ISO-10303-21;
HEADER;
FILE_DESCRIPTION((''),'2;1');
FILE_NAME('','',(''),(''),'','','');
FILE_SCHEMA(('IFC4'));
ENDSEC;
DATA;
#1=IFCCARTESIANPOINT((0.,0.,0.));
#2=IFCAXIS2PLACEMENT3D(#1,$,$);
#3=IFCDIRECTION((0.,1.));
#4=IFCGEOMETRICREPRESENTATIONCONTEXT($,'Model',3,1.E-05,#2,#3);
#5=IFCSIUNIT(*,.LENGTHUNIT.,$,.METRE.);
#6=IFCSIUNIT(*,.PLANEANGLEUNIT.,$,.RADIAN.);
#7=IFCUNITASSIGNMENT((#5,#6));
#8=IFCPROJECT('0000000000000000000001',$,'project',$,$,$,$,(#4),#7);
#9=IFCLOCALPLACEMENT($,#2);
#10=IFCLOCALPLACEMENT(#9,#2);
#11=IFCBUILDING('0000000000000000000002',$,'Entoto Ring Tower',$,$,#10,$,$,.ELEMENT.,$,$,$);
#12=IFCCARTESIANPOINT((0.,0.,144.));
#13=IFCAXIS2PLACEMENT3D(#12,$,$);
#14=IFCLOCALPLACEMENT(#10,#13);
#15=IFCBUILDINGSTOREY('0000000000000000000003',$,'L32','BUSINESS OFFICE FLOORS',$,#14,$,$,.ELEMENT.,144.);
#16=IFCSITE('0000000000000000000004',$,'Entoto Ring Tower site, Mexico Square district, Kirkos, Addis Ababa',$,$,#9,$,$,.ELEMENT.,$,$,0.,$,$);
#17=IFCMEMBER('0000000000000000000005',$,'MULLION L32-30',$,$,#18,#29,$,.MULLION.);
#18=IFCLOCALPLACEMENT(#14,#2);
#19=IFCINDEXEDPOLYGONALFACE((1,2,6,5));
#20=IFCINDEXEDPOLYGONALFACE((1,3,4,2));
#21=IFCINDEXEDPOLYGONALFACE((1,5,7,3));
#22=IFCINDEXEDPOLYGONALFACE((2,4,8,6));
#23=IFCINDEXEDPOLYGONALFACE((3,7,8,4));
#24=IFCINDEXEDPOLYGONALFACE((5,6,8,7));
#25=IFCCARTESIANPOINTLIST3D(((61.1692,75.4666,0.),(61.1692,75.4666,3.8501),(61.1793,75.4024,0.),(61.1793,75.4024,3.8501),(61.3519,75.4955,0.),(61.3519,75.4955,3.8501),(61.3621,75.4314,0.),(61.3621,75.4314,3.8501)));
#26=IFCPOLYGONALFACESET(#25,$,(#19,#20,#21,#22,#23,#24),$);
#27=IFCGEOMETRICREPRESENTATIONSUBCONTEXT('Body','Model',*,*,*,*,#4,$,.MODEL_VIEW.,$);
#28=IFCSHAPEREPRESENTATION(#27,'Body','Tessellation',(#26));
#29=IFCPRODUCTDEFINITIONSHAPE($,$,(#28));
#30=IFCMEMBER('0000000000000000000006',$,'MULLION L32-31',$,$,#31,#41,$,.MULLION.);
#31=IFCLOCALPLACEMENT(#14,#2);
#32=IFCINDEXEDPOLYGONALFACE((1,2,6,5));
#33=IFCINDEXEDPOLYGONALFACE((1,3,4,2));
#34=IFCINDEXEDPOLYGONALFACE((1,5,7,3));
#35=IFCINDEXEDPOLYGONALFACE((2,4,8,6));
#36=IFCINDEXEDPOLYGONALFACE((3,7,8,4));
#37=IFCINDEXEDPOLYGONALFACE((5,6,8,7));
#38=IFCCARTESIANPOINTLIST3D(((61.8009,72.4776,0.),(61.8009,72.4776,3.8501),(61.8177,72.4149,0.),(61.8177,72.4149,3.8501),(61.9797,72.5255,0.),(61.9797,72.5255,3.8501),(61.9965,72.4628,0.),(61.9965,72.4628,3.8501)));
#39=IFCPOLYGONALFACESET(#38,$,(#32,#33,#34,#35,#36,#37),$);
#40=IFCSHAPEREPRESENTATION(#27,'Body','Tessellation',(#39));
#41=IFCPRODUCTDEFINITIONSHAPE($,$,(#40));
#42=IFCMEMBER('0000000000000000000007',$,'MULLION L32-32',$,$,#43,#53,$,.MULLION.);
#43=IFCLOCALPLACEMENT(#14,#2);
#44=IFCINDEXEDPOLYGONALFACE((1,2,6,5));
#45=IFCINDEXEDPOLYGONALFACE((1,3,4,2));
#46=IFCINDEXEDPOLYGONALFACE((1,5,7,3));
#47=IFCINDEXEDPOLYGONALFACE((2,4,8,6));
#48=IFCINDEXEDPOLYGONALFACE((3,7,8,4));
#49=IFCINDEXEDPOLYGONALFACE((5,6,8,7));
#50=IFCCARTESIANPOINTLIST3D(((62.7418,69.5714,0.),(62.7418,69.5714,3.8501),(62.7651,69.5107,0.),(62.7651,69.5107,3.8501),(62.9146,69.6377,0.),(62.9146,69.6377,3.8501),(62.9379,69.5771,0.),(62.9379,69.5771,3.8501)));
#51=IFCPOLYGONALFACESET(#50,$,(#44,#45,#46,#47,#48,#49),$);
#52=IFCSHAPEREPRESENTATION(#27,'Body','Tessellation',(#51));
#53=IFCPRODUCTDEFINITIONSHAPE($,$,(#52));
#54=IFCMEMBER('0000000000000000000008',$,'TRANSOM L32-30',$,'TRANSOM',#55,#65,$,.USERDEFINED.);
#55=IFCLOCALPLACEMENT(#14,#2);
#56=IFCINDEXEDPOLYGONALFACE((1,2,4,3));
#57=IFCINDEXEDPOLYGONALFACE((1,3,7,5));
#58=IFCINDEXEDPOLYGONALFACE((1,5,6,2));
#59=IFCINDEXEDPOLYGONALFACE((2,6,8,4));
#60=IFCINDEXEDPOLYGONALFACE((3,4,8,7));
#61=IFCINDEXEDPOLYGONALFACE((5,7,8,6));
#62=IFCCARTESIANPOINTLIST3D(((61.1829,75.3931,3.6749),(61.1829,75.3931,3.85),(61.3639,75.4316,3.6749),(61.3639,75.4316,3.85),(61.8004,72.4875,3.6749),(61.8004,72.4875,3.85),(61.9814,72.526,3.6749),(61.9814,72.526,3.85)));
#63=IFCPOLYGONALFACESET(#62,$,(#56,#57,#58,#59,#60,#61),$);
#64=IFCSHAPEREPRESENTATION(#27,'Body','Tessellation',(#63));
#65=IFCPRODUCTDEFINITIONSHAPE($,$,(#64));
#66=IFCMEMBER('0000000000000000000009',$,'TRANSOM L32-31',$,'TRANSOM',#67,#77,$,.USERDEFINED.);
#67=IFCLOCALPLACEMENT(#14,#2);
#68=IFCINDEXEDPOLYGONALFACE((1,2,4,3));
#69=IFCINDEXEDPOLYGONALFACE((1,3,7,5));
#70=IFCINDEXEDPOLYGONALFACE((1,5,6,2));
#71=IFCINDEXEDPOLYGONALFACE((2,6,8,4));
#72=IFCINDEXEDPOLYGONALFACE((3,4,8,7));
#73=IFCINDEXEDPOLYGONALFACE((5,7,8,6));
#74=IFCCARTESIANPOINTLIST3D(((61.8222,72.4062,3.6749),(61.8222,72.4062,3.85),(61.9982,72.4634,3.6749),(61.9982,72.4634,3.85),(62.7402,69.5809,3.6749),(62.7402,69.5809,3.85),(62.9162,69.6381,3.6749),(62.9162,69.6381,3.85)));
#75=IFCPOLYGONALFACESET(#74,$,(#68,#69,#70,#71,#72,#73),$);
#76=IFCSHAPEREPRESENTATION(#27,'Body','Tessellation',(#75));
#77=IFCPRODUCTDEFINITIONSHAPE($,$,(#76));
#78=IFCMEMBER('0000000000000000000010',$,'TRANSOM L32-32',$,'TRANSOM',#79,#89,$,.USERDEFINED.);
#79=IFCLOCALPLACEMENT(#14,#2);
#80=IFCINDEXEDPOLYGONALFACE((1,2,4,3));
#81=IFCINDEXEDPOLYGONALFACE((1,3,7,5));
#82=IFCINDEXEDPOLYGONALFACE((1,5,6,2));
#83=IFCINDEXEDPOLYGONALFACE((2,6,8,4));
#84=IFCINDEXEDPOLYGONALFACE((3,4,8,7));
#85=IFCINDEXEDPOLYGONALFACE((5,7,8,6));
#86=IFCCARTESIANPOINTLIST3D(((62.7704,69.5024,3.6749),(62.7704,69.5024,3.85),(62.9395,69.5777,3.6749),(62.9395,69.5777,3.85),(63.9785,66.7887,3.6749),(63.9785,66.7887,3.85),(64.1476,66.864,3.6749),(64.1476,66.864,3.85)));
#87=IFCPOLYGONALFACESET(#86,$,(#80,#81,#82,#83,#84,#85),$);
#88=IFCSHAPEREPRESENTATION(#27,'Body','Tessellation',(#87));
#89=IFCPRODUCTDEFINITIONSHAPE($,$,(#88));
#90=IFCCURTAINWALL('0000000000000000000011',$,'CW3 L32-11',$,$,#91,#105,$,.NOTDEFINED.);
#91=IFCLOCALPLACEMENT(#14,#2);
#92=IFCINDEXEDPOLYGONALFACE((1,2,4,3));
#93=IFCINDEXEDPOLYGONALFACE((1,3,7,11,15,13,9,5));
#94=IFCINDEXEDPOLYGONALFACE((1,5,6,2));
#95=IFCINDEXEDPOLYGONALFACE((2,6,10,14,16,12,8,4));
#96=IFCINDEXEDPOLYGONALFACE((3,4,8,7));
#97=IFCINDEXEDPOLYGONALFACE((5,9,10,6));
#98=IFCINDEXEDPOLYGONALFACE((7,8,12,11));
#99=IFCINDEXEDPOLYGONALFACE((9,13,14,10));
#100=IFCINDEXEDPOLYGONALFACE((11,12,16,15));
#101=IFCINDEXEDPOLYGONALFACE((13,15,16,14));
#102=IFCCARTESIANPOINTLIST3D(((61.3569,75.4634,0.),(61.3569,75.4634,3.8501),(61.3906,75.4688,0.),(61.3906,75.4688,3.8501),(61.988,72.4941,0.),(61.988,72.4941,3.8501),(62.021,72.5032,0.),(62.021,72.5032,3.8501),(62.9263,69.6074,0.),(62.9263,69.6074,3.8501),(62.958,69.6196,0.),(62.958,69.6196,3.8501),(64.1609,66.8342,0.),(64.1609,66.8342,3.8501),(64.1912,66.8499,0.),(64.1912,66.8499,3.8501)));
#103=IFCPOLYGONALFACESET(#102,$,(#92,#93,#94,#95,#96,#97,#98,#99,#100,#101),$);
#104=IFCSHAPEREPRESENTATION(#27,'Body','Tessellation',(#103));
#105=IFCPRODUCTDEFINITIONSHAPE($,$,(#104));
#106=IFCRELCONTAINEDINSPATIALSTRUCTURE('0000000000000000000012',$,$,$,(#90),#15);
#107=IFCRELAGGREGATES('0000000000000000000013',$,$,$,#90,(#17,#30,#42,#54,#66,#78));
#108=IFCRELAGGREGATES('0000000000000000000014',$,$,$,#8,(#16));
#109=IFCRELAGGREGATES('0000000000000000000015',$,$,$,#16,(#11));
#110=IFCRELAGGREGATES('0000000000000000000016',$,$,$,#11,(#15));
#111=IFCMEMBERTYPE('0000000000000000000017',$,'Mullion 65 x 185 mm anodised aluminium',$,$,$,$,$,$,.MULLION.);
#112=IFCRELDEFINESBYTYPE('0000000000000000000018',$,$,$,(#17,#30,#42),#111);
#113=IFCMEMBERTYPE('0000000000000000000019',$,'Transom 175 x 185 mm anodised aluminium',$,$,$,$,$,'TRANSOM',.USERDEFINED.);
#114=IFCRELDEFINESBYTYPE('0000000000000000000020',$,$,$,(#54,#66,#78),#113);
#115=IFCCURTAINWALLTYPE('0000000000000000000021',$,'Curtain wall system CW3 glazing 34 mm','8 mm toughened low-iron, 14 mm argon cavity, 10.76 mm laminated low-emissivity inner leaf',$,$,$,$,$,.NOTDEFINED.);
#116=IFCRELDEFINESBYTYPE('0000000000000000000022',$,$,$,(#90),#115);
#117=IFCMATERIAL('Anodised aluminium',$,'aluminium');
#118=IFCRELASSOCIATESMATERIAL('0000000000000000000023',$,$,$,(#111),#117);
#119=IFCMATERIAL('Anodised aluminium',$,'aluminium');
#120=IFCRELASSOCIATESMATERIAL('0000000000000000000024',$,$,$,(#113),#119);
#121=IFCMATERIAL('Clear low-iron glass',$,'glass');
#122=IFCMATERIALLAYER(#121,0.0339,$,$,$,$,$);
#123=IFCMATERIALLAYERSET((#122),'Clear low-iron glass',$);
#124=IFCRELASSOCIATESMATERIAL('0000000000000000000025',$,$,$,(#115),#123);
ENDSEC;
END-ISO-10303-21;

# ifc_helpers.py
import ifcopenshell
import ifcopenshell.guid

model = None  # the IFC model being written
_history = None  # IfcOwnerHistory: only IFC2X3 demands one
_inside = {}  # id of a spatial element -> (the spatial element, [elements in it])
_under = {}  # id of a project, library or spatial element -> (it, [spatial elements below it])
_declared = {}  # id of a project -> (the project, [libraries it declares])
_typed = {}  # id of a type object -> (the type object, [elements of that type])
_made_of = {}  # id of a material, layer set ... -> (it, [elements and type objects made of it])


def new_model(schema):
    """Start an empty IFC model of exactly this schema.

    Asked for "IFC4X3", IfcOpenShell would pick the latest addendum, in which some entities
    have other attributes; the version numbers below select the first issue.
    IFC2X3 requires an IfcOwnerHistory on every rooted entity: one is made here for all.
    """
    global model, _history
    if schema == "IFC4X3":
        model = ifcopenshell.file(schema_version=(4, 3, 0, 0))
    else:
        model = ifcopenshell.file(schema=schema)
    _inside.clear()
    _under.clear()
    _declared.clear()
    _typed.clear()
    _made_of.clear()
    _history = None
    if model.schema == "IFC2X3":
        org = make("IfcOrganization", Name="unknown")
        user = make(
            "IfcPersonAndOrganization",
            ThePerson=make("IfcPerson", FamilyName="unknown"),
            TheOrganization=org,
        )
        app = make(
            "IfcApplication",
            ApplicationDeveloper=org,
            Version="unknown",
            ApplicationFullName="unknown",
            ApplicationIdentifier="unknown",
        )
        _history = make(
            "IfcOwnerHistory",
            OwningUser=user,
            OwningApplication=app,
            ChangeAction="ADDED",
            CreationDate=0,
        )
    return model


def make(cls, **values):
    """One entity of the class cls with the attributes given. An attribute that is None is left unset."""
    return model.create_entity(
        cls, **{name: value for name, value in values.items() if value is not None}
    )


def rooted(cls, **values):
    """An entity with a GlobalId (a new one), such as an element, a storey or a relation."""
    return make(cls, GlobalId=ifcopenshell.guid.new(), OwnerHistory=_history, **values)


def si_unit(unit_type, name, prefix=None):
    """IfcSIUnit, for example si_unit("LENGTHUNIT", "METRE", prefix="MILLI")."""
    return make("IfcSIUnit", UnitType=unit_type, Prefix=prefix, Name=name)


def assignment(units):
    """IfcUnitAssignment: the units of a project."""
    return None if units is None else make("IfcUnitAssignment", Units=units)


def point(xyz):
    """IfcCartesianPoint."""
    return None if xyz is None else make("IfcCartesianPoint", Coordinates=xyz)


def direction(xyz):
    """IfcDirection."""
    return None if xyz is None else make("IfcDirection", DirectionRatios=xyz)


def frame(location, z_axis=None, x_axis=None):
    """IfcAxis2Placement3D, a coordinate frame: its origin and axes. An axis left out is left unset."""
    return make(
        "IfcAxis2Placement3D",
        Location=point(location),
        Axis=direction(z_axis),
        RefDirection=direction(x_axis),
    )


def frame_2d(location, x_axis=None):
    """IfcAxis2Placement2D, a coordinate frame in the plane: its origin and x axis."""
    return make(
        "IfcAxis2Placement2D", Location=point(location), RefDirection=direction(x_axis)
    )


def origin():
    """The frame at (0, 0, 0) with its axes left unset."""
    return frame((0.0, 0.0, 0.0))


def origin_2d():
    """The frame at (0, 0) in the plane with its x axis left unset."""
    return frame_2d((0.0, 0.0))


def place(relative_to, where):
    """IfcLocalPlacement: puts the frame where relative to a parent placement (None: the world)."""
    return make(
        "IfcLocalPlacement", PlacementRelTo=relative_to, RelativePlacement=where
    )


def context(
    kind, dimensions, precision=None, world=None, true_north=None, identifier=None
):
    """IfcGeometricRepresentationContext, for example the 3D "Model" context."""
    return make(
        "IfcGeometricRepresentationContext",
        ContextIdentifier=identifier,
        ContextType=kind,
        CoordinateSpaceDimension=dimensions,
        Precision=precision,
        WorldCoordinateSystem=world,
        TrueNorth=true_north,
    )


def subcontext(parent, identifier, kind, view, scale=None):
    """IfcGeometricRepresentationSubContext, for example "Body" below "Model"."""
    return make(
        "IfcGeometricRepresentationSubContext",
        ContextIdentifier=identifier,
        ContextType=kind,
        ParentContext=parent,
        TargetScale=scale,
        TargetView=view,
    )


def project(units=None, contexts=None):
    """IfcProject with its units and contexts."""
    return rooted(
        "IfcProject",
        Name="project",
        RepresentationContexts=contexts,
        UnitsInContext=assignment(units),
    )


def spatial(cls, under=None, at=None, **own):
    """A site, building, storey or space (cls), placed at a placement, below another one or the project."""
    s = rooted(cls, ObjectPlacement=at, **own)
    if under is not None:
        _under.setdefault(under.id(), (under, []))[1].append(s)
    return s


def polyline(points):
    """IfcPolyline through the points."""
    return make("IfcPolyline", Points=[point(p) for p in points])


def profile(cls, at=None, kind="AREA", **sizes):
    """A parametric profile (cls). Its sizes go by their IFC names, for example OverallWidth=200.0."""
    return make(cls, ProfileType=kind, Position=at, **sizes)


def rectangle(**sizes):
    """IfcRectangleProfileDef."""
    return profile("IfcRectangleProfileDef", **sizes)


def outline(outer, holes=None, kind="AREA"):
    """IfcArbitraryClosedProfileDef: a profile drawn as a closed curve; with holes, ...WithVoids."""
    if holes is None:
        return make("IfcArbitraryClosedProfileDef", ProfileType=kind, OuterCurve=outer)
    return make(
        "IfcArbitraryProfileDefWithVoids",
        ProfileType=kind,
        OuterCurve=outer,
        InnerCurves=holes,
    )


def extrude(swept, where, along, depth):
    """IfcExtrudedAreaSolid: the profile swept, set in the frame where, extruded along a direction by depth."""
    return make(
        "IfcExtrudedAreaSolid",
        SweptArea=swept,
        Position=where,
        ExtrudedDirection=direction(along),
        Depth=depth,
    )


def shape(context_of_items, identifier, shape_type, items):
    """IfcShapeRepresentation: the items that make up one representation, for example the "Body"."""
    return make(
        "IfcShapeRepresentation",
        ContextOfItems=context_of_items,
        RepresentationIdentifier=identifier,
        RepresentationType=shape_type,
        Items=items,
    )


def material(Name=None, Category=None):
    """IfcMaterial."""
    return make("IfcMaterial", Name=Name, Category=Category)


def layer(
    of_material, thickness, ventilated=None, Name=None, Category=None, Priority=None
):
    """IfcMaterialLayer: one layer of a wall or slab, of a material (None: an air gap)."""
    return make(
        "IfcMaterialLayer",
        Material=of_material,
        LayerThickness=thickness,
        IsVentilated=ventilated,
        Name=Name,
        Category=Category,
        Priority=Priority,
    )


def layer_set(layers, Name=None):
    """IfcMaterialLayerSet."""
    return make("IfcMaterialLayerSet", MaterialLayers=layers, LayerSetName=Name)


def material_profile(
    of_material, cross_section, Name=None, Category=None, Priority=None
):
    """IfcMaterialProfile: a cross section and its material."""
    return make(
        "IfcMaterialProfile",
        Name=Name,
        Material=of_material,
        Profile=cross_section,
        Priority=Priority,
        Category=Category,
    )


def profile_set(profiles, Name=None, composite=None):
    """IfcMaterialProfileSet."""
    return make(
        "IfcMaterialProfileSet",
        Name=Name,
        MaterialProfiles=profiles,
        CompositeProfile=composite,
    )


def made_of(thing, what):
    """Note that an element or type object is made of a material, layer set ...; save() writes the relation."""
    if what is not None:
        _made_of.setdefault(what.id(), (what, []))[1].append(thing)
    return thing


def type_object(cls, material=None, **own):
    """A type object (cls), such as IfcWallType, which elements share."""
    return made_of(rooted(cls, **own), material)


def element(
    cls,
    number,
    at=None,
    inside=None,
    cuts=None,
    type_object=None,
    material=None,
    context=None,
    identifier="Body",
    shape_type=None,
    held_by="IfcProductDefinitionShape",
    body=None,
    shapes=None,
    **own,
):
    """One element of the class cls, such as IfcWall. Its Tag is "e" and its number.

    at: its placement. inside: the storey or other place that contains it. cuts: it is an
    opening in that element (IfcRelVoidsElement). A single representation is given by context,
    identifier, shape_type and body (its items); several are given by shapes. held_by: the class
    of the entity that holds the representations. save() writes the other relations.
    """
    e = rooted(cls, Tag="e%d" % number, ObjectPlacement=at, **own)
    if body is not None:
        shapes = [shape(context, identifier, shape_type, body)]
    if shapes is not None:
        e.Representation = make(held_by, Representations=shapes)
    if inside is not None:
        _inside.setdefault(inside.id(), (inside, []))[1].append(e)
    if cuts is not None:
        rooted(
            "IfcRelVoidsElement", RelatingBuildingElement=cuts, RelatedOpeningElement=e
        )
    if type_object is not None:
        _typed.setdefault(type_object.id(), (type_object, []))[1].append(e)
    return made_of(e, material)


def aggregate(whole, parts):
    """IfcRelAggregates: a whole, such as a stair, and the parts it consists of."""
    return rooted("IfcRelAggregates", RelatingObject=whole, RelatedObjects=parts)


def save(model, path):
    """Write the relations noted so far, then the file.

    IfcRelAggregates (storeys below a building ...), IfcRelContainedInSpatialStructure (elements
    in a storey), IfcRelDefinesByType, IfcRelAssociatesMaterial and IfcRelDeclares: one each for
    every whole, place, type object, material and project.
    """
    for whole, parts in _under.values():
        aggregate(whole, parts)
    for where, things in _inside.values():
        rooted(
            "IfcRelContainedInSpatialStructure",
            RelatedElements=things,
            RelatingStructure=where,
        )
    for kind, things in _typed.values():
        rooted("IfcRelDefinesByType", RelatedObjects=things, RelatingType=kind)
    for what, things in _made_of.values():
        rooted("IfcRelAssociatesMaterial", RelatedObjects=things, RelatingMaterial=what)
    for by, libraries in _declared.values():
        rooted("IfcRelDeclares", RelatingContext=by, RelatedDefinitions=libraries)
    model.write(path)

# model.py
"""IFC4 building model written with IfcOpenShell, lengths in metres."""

from ifc_helpers import new_model, si_unit, direction, frame, origin, origin_2d, place, context, subcontext, project, spatial, polyline, rectangle, outline, extrude, material, layer, layer_set, material_profile, profile_set, type_object, element, aggregate, save


model = new_model("IFC4")

# Units and contexts
model_context = context("Model", 3, precision=1e-05, world=origin(), true_north=direction((0.0, 1.0)))
body_context = subcontext(model_context, "Body", "Model", "MODEL_VIEW")
ifc_project = project(units=[si_unit("LENGTHUNIT", "METRE"), si_unit("PLANEANGLEUNIT", "RADIAN")], contexts=[model_context])

# Members
ifc_material_1 = material(Name="Anodised aluminium", Category="aluminium")
ifc_material_profile_1 = material_profile(ifc_material_1, rectangle(XDim=0.0649, YDim=0.1851, at=origin_2d()), Name="Mullion 65 x 185 mm anodised aluminium")
ifc_profile_set_1 = profile_set([ifc_material_profile_1], Name="Anodised aluminium")
member_type_1 = type_object("IfcMemberType", Name="Mullion 65 x 185 mm anodised aluminium", PredefinedType="MULLION", material=ifc_profile_set_1)
site_placement = place(None, origin())
building_placement = place(site_placement, origin())
storey_placement = place(building_placement, frame((0.0, 0.0, 144.0)))
member_1_placement = place(storey_placement, frame((61.2656, 75.449, 0.0), z_axis=(0.0, 0.0, 1.0), x_axis=(0.156434, -0.987688, 0.0)))
member_1 = element("IfcMember", 1, at=member_1_placement, type_object=member_type_1, Name="MULLION L32-30", PredefinedType="MULLION", context=body_context, shape_type="SweptSolid", body=[
    extrude(rectangle(XDim=0.0649, YDim=0.1851, at=origin_2d()), origin(), (0.0, 0.0, 1.0), 3.8501),
])
member_2_placement = place(storey_placement, frame((61.8987, 72.4702, 0.0), z_axis=(0.0, 0.0, 1.0), x_axis=(0.258819, -0.965926, 0.0)))
member_2 = element("IfcMember", 2, at=member_2_placement, type_object=member_type_1, Name="MULLION L32-31", PredefinedType="MULLION", context=body_context, shape_type="SweptSolid", body=[
    extrude(rectangle(XDim=0.0649, YDim=0.1851, at=origin_2d()), origin(), (0.0, 0.0, 1.0), 3.8501),
])
member_3_placement = place(storey_placement, frame((62.8398, 69.5742, 0.0), z_axis=(0.0, 0.0, 1.0), x_axis=(0.358368, -0.93358, 0.0)))
member_3 = element("IfcMember", 3, at=member_3_placement, type_object=member_type_1, Name="MULLION L32-32", PredefinedType="MULLION", context=body_context, shape_type="SweptSolid", body=[
    extrude(rectangle(XDim=0.0649, YDim=0.1851, at=origin_2d()), origin(), (0.0, 0.0, 1.0), 3.8501),
])
ifc_material_2 = material(Name="Anodised aluminium", Category="aluminium")
ifc_material_profile_2 = material_profile(ifc_material_2, rectangle(XDim=0.1851, YDim=0.175, at=origin_2d()), Name="Transom 175 x 185 mm anodised aluminium")
ifc_profile_set_2 = profile_set([ifc_material_profile_2], Name="Anodised aluminium")
member_type_2 = type_object("IfcMemberType", Name="Transom 175 x 185 mm anodised aluminium", ElementType="TRANSOM", PredefinedType="USERDEFINED", material=ifc_profile_set_2)
member_4_placement = place(storey_placement, frame((61.2734, 75.4124, 3.7625), z_axis=(0.207862, -0.978158, 0.0), x_axis=(0.978158, 0.207862, 0.0)))
member_4 = element("IfcMember", 4, at=member_4_placement, type_object=member_type_2, Name="TRANSOM L32-30", ObjectType="TRANSOM", PredefinedType="USERDEFINED", context=body_context, shape_type="SweptSolid", body=[
    extrude(rectangle(XDim=0.1851, YDim=0.175, at=origin_2d()), origin(), (0.0, 0.0, 1.0), 2.9705),
])
member_5_placement = place(storey_placement, frame((61.9102, 72.4348, 3.7625), z_axis=(0.309019, -0.951056, 0.0), x_axis=(0.951056, 0.309019, 0.0)))
member_5 = element("IfcMember", 5, at=member_5_placement, type_object=member_type_2, Name="TRANSOM L32-31", ObjectType="TRANSOM", PredefinedType="USERDEFINED", context=body_context, shape_type="SweptSolid", body=[
    extrude(rectangle(XDim=0.1851, YDim=0.175, at=origin_2d()), origin(), (0.0, 0.0, 1.0), 2.9707),
])
member_6_placement = place(storey_placement, frame((62.855, 69.54, 3.7625), z_axis=(0.406687, -0.913567, 0.0), x_axis=(0.913567, 0.406687, 0.0)))
member_6 = element("IfcMember", 6, at=member_6_placement, type_object=member_type_2, Name="TRANSOM L32-32", ObjectType="TRANSOM", PredefinedType="USERDEFINED", context=body_context, shape_type="SweptSolid", body=[
    extrude(rectangle(XDim=0.1851, YDim=0.175, at=origin_2d()), origin(), (0.0, 0.0, 1.0), 2.9705),
])

# Site, building, storey
site = spatial("IfcSite", under=ifc_project, at=site_placement, Name="Entoto Ring Tower site, Mexico Square district, Kirkos, Addis Ababa", CompositionType="ELEMENT", RefElevation=0.0)
building = spatial("IfcBuilding", under=site, at=building_placement, Name="Entoto Ring Tower", CompositionType="ELEMENT")
storey = spatial("IfcBuildingStorey", under=building, at=storey_placement, Name="L32", Description="BUSINESS OFFICE FLOORS", CompositionType="ELEMENT", Elevation=144.0)

# Curtain wall
ifc_material_3 = material(Name="Clear low-iron glass", Category="glass")
ifc_layer = layer(ifc_material_3, 0.0339)
ifc_layer_set = layer_set([ifc_layer], Name="Clear low-iron glass")
curtain_wall_type = type_object("IfcCurtainWallType", Name="Curtain wall system CW3 glazing 34 mm", Description="8 mm toughened low-iron, 14 mm argon cavity, 10.76 mm laminated low-emissivity inner leaf", PredefinedType="NOTDEFINED", material=ifc_layer_set)
curtain_wall_1_placement = place(storey_placement, origin())
curtain_wall_1 = element("IfcCurtainWall", 7, at=curtain_wall_1_placement, inside=storey, type_object=curtain_wall_type, Name="CW3 L32-11", PredefinedType="NOTDEFINED", context=body_context, shape_type="SweptSolid", body=[
    extrude(outline(polyline([(61.3569, 75.4634), (61.988, 72.4941), (62.9263, 69.6074), (64.1609, 66.8342), (64.1912, 66.8499), (62.958, 69.6196), (62.021, 72.5032), (61.3906, 75.4688), (61.3569, 75.4634)])), origin(), (0.0, 0.0, 1.0), 3.8501),
])
aggregate(curtain_wall_1, [member_1, member_2, member_3, member_4, member_5, member_6])

save(model, "model.ifc")
